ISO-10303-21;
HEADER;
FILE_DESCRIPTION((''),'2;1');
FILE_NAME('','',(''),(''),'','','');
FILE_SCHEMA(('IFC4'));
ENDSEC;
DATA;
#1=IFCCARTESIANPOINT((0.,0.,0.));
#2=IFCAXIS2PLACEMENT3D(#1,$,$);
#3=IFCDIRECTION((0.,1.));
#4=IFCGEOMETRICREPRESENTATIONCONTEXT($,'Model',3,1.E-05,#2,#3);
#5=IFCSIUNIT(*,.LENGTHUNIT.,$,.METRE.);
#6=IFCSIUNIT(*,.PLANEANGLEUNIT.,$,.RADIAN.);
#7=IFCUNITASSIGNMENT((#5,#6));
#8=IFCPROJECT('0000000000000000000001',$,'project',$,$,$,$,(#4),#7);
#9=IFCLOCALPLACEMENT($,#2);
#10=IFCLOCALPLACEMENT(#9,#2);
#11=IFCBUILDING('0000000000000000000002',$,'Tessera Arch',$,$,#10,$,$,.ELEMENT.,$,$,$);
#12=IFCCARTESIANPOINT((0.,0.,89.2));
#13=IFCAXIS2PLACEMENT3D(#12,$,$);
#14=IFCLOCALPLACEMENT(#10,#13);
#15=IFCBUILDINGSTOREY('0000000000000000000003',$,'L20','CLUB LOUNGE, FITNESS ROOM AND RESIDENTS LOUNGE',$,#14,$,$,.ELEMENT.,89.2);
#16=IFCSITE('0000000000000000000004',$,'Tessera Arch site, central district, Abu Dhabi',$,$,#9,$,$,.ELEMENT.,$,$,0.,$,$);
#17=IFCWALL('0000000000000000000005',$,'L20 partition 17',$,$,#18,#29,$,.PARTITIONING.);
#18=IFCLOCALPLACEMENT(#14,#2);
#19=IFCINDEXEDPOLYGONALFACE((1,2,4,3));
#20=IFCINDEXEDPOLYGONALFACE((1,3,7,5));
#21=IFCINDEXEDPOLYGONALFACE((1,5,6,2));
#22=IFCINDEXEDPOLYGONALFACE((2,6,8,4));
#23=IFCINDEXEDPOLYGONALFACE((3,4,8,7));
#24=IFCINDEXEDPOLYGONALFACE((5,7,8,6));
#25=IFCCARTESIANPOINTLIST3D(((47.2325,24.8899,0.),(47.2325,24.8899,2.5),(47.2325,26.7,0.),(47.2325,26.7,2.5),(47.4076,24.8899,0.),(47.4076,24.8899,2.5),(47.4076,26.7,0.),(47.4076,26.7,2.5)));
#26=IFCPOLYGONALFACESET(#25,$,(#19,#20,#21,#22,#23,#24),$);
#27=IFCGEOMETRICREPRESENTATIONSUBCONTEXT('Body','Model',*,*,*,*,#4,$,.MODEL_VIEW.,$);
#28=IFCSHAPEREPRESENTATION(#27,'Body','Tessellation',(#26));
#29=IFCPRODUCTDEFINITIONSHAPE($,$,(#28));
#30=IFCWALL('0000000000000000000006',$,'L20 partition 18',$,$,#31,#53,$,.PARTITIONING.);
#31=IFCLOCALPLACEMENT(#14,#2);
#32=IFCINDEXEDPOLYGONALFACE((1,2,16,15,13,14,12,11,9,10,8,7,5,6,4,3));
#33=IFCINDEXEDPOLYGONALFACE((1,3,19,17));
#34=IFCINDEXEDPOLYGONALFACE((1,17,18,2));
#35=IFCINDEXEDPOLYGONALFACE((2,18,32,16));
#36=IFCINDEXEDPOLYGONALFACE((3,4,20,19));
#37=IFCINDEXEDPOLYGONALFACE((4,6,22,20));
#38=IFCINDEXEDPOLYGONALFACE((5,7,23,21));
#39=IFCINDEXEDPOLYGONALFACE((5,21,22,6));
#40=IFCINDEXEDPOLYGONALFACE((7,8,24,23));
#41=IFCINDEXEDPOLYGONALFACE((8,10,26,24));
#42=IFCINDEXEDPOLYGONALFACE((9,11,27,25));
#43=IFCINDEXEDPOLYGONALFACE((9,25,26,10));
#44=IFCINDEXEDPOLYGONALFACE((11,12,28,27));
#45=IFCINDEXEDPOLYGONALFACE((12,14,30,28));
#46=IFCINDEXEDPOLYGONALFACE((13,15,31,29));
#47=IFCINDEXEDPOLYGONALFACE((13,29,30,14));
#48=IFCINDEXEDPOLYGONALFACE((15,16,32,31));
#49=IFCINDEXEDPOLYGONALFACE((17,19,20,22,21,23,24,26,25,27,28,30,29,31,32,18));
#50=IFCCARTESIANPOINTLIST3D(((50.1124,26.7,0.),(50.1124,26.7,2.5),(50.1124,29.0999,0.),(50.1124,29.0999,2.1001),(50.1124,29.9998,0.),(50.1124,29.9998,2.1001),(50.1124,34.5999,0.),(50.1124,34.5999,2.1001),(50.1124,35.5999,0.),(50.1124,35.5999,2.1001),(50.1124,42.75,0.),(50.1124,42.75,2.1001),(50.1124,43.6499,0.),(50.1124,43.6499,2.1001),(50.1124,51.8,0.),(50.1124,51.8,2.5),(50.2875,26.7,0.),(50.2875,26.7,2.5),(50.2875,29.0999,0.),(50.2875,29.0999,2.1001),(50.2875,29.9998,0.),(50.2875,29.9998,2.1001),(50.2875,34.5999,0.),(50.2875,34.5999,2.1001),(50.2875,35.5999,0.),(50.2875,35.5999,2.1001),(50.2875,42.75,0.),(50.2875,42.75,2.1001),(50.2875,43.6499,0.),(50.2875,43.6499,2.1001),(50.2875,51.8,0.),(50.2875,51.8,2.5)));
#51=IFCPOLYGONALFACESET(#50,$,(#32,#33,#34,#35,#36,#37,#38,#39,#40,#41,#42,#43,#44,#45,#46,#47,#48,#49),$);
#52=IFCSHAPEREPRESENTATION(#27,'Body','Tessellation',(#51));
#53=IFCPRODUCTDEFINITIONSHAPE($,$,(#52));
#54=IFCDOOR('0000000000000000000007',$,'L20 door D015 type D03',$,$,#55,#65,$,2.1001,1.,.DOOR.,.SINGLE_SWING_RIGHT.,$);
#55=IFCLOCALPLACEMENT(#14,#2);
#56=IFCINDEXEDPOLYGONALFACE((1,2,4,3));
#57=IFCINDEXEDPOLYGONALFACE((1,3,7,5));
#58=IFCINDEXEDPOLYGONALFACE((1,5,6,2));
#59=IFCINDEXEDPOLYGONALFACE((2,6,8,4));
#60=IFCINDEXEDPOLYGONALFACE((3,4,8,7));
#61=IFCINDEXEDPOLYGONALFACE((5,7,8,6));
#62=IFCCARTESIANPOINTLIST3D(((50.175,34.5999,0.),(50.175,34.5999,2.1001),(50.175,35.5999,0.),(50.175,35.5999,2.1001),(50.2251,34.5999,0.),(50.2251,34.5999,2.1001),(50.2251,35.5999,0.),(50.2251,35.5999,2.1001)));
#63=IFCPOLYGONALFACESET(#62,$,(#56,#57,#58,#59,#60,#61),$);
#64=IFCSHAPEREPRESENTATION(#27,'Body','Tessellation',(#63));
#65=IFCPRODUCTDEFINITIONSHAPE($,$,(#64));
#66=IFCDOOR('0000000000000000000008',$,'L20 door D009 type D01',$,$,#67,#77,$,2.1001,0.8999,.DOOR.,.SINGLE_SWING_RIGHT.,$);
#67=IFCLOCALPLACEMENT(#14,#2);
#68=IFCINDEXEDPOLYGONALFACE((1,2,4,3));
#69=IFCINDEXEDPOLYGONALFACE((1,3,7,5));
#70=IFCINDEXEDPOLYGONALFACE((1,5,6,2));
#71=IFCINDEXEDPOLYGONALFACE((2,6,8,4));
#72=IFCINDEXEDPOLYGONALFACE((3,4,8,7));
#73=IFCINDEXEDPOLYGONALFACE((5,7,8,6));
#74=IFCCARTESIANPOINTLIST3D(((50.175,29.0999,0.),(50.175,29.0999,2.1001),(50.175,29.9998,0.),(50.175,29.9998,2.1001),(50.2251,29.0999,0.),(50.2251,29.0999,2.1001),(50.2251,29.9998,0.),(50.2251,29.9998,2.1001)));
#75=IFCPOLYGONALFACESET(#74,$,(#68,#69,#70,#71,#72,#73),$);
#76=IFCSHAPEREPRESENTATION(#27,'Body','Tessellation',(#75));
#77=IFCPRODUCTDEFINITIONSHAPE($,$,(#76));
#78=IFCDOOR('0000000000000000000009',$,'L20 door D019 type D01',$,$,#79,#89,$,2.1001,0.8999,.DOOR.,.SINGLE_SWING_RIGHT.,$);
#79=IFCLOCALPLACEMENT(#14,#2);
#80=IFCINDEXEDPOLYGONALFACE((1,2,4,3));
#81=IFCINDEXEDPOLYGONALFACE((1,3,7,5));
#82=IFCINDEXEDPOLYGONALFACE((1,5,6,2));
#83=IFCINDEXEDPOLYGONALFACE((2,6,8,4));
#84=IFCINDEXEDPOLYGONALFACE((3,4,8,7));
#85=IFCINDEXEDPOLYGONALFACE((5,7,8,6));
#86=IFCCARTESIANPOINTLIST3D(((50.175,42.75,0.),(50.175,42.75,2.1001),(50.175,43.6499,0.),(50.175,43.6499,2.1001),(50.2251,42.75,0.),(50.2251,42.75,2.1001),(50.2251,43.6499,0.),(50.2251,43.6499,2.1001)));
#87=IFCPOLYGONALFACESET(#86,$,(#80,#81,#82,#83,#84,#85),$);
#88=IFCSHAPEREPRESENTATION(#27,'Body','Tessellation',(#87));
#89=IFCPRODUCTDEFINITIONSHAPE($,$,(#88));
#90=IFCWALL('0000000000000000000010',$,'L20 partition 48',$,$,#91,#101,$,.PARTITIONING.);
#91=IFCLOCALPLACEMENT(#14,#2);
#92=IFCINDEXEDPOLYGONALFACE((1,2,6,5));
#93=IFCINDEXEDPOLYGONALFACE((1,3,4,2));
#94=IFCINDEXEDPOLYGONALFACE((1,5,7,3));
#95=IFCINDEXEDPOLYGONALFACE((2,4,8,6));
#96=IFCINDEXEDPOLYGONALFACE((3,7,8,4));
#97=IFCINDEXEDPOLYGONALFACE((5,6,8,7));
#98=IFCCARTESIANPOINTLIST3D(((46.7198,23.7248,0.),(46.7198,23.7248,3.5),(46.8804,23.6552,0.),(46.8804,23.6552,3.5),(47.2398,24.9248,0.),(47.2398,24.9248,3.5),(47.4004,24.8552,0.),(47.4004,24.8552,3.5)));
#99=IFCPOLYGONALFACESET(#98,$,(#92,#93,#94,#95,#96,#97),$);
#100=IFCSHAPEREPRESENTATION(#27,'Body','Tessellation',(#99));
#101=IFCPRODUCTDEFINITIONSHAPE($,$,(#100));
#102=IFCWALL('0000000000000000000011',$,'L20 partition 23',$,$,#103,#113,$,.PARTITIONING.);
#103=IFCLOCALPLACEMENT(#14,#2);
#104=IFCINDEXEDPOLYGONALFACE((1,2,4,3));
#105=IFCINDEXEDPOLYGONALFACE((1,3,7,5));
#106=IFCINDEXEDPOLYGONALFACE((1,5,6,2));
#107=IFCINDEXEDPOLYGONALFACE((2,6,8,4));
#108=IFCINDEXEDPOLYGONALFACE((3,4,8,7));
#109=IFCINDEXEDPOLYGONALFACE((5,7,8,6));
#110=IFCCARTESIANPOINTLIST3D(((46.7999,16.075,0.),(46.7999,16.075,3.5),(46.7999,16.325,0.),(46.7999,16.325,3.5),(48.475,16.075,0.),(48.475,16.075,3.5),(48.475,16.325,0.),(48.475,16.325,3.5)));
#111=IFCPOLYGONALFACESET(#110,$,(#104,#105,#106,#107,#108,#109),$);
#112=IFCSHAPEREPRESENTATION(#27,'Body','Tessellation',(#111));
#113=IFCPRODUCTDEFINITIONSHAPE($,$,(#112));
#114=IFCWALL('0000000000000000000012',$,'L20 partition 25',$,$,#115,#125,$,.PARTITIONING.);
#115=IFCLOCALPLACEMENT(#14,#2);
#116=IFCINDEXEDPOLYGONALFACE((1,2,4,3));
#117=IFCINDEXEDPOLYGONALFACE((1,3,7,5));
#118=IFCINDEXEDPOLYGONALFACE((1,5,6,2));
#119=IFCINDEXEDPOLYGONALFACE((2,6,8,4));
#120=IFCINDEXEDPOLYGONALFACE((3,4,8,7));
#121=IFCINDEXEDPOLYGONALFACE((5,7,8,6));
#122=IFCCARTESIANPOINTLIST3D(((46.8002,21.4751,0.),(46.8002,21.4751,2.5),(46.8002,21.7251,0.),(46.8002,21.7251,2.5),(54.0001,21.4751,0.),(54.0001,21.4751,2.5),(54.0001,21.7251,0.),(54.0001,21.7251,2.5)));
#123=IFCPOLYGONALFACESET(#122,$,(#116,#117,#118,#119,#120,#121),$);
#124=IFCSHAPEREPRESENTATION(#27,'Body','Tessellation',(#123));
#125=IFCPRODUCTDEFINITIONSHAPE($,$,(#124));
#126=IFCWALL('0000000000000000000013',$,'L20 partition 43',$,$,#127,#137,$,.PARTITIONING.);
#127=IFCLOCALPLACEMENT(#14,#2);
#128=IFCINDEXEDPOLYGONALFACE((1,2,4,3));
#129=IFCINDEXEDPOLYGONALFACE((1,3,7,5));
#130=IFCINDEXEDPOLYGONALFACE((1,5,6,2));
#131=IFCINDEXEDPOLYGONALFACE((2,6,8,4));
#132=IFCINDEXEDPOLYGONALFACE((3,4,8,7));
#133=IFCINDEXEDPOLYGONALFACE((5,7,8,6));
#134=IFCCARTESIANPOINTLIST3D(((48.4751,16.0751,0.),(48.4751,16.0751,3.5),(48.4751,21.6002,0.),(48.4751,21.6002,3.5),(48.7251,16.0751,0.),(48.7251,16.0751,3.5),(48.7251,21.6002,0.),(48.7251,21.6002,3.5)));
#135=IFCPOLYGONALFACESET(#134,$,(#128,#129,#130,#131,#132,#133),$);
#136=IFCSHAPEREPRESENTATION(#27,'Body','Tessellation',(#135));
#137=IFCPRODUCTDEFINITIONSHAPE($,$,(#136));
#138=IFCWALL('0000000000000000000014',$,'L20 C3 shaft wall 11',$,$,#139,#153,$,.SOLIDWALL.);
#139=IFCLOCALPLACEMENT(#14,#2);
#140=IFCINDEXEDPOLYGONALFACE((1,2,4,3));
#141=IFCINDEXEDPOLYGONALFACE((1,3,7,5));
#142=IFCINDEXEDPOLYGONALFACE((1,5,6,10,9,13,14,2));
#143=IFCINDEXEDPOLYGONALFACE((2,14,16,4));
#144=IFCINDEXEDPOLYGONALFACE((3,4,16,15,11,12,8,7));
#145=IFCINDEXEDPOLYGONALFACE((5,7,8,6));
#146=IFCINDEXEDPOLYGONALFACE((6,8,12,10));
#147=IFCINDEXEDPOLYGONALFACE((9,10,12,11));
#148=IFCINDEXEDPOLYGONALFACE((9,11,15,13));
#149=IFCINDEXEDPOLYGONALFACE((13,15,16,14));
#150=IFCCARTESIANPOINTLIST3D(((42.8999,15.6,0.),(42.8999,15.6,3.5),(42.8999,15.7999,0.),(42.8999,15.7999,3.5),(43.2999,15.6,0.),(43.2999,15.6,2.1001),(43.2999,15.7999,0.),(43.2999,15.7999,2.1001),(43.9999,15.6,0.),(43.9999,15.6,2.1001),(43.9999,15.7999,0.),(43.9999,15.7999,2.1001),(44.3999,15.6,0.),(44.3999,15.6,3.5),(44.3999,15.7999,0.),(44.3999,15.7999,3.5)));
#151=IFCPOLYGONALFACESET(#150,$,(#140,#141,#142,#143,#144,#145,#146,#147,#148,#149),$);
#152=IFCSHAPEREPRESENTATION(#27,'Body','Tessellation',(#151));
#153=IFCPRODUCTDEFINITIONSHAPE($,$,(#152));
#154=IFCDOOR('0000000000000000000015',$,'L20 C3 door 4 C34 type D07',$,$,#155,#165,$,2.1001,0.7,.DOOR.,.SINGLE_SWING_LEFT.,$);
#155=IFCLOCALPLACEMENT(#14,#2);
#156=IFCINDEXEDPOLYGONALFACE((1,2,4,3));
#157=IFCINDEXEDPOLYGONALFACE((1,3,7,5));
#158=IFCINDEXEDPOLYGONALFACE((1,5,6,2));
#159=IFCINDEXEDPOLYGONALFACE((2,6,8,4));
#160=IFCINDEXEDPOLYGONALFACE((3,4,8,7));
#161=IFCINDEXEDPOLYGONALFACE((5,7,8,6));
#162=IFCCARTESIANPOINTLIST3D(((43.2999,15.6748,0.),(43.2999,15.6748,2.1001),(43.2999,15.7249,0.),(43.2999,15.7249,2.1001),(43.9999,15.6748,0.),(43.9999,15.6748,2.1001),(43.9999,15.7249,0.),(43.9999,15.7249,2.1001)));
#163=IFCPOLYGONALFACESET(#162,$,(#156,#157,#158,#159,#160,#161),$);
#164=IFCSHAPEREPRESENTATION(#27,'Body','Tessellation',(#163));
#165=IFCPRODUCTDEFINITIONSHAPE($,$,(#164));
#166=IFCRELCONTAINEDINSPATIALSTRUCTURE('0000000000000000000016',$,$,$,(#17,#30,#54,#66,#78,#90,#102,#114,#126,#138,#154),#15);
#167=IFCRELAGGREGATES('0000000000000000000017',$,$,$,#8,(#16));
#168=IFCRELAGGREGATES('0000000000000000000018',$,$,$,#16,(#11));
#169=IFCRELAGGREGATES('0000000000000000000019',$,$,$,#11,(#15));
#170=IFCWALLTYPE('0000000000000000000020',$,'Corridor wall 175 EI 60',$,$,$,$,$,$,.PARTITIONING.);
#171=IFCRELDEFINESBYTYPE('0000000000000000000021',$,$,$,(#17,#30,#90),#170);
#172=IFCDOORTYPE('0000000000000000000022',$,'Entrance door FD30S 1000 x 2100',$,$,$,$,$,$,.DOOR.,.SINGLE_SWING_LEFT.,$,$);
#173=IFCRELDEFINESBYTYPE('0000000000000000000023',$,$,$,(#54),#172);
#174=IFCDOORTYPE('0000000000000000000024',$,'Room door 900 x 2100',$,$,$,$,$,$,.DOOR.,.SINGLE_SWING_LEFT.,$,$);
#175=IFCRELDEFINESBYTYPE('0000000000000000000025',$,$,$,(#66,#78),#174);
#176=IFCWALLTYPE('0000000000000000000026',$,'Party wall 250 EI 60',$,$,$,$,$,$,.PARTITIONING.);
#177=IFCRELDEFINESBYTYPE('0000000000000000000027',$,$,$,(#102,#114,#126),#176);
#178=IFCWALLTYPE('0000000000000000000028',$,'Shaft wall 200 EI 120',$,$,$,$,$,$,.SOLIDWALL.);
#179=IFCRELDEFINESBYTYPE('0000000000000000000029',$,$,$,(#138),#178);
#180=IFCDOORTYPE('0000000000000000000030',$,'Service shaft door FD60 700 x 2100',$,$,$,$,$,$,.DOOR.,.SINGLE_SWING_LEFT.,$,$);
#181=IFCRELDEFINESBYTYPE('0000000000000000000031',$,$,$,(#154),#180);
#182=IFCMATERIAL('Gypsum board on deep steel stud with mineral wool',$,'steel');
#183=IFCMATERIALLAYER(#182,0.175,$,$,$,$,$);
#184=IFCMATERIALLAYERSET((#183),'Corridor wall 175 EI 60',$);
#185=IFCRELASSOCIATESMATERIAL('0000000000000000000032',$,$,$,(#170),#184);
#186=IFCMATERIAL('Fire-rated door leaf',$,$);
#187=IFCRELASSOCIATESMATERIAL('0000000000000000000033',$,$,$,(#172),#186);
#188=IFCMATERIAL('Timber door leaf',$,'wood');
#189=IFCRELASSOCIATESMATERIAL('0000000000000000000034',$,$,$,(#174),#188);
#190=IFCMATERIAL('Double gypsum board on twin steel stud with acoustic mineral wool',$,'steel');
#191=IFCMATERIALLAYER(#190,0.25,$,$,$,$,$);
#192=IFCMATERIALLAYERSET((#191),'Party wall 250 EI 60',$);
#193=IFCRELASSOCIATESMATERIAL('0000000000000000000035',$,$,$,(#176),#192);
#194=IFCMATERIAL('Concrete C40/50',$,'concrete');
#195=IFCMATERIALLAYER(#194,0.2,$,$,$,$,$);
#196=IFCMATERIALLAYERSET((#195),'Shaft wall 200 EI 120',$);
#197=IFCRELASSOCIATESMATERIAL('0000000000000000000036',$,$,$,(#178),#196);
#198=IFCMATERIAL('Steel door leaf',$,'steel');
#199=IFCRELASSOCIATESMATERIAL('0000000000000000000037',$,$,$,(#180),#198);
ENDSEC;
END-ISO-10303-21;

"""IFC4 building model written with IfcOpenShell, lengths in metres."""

from ifc_helpers import new_model, si_unit, direction, frame, frame_2d, origin, place, context, subcontext, project, spatial, rectangle, extrude, material, layer, layer_set, type_object, element, fill, save


model = new_model("IFC4")

# Units and contexts
model_context = context("Model", 3, precision=1e-05, world=origin(), true_north=direction((0.0, 1.0)))
body_context = subcontext(model_context, "Body", "Model", "MODEL_VIEW")
ifc_project = project(units=[si_unit("LENGTHUNIT", "METRE"), si_unit("PLANEANGLEUNIT", "RADIAN")], contexts=[model_context])

# Site, building, storey
site_placement = place(None, origin())
site = spatial("IfcSite", under=ifc_project, at=site_placement, Name="Tessera Arch site, central district, Abu Dhabi", CompositionType="ELEMENT", RefElevation=0.0)
building_placement = place(site_placement, origin())
building = spatial("IfcBuilding", under=site, at=building_placement, Name="Tessera Arch", CompositionType="ELEMENT")
storey_placement = place(building_placement, frame((0.0, 0.0, 89.2)))
storey = spatial("IfcBuildingStorey", under=building, at=storey_placement, Name="L20", Description="CLUB LOUNGE, FITNESS ROOM AND RESIDENTS LOUNGE", CompositionType="ELEMENT", Elevation=89.2)

# Wall
ifc_material_1 = material(Name="Gypsum board on deep steel stud with mineral wool", Category="steel")
ifc_layer_1 = layer(ifc_material_1, 0.175)
ifc_layer_set_1 = layer_set([ifc_layer_1], Name="Corridor wall 175 EI 60")
wall_type_1 = type_object("IfcWallType", Name="Corridor wall 175 EI 60", PredefinedType="PARTITIONING", material=ifc_layer_set_1)
wall_1_placement = place(storey_placement, frame((47.3201, 24.8899, 0.0), z_axis=(0.0, 0.0, 1.0), x_axis=(0.0, 1.0, 0.0)))
element("IfcWall", 1, at=wall_1_placement, inside=storey, type_object=wall_type_1, Name="L20 partition 17", PredefinedType="PARTITIONING", context=body_context, shape_type="SweptSolid", body=[
    extrude(rectangle(XDim=1.8101, YDim=0.175, at=frame_2d((0.905, 0.0))), origin(), (0.0, 0.0, 1.0), 2.5),
])

# Wall, openings, doors
wall_2_placement = place(storey_placement, frame((50.2, 26.7, 0.0), z_axis=(0.0, 0.0, 1.0), x_axis=(0.0, 1.0, 0.0)))
wall_2 = element("IfcWall", 2, at=wall_2_placement, inside=storey, type_object=wall_type_1, Name="L20 partition 18", PredefinedType="PARTITIONING", context=body_context, shape_type="SweptSolid", body=[
    extrude(rectangle(XDim=25.1001, YDim=0.175, at=frame_2d((12.55, 0.0))), origin(), (0.0, 0.0, 1.0), 2.5),
])
opening_1_placement = place(wall_2_placement, frame((2.3999, 0.0, 0.0)))
opening_1 = element("IfcOpeningElement", 3, at=opening_1_placement, cuts=wall_2, PredefinedType="OPENING", context=body_context, shape_type="SweptSolid", body=[
    extrude(rectangle(XDim=0.8999, YDim=2.1001, at=frame_2d((0.45, 1.05))), frame((0.0, 0.0974, 0.0), z_axis=(0.0, -1.0, 0.0), x_axis=(1.0, 0.0, 0.0)), (0.0, 0.0, 1.0), 0.1951),
])
opening_2_placement = place(wall_2_placement, frame((7.8999, 0.0, 0.0)))
opening_2 = element("IfcOpeningElement", 4, at=opening_2_placement, cuts=wall_2, PredefinedType="OPENING", context=body_context, shape_type="SweptSolid", body=[
    extrude(rectangle(XDim=1.0, YDim=2.1001, at=frame_2d((0.5, 1.05))), frame((0.0, 0.0974, 0.0), z_axis=(0.0, -1.0, 0.0), x_axis=(1.0, 0.0, 0.0)), (0.0, 0.0, 1.0), 0.1951),
])
opening_3_placement = place(wall_2_placement, frame((16.05, 0.0, 0.0)))
opening_3 = element("IfcOpeningElement", 5, at=opening_3_placement, cuts=wall_2, PredefinedType="OPENING", context=body_context, shape_type="SweptSolid", body=[
    extrude(rectangle(XDim=0.8999, YDim=2.1001, at=frame_2d((0.45, 1.05))), frame((0.0, 0.0974, 0.0), z_axis=(0.0, -1.0, 0.0), x_axis=(1.0, 0.0, 0.0)), (0.0, 0.0, 1.0), 0.1951),
])
ifc_material_2 = material(Name="Fire-rated door leaf")
door_type_1 = type_object("IfcDoorType", Name="Entrance door FD30S 1000 x 2100", OperationType="SINGLE_SWING_LEFT", PredefinedType="DOOR", material=ifc_material_2)
door_1_placement = place(opening_2_placement, origin())
door_1 = element("IfcDoor", 6, at=door_1_placement, inside=storey, type_object=door_type_1, Name="L20 door D015 type D03", OperationType="SINGLE_SWING_RIGHT", OverallHeight=2.1001, OverallWidth=1.0, PredefinedType="DOOR", context=body_context, shape_type="SweptSolid", body=[
    extrude(rectangle(XDim=1.0, YDim=2.1001, at=frame_2d((0.5, 1.05))), frame((0.0, 0.0249, 0.0), z_axis=(0.0, -1.0, 0.0), x_axis=(1.0, 0.0, 0.0)), (0.0, 0.0, 1.0), 0.05),
])
fill(opening_2, door_1)
ifc_material_3 = material(Name="Timber door leaf", Category="wood")
door_type_2 = type_object("IfcDoorType", Name="Room door 900 x 2100", OperationType="SINGLE_SWING_LEFT", PredefinedType="DOOR", material=ifc_material_3)
door_2_placement = place(opening_1_placement, origin())
door_2 = element("IfcDoor", 7, at=door_2_placement, inside=storey, type_object=door_type_2, Name="L20 door D009 type D01", OperationType="SINGLE_SWING_RIGHT", OverallHeight=2.1001, OverallWidth=0.8999, PredefinedType="DOOR", context=body_context, shape_type="SweptSolid", body=[
    extrude(rectangle(XDim=0.8999, YDim=2.1001, at=frame_2d((0.45, 1.05))), frame((0.0, 0.0249, 0.0), z_axis=(0.0, -1.0, 0.0), x_axis=(1.0, 0.0, 0.0)), (0.0, 0.0, 1.0), 0.05),
])
fill(opening_1, door_2)
door_3_placement = place(opening_3_placement, origin())
door_3 = element("IfcDoor", 8, at=door_3_placement, inside=storey, type_object=door_type_2, Name="L20 door D019 type D01", OperationType="SINGLE_SWING_RIGHT", OverallHeight=2.1001, OverallWidth=0.8999, PredefinedType="DOOR", context=body_context, shape_type="SweptSolid", body=[
    extrude(rectangle(XDim=0.8999, YDim=2.1001, at=frame_2d((0.45, 1.05))), frame((0.0, 0.0249, 0.0), z_axis=(0.0, -1.0, 0.0), x_axis=(1.0, 0.0, 0.0)), (0.0, 0.0, 1.0), 0.05),
])
fill(opening_3, door_3)

# Walls
wall_3_placement = place(storey_placement, frame((47.3201, 24.8899, 0.0), z_axis=(0.0, 0.0, 1.0), x_axis=(-0.397634, -0.917544, 0.0)))
element("IfcWall", 9, at=wall_3_placement, inside=storey, type_object=wall_type_1, Name="L20 partition 48", PredefinedType="PARTITIONING", context=body_context, shape_type="SweptSolid", body=[
    extrude(rectangle(XDim=1.3079, YDim=0.175, at=frame_2d((0.6538, 0.0))), origin(), (0.0, 0.0, 1.0), 3.5),
])
ifc_material_4 = material(Name="Double gypsum board on twin steel stud with acoustic mineral wool", Category="steel")
ifc_layer_2 = layer(ifc_material_4, 0.25)
ifc_layer_set_2 = layer_set([ifc_layer_2], Name="Party wall 250 EI 60")
wall_type_2 = type_object("IfcWallType", Name="Party wall 250 EI 60", PredefinedType="PARTITIONING", material=ifc_layer_set_2)
wall_4_placement = place(storey_placement, frame((46.8, 16.2, 0.0), z_axis=(0.0, 0.0, 1.0), x_axis=(1.0, 0.0, 0.0)))
element("IfcWall", 10, at=wall_4_placement, inside=storey, type_object=wall_type_2, Name="L20 partition 23", PredefinedType="PARTITIONING", context=body_context, shape_type="SweptSolid", body=[
    extrude(rectangle(XDim=1.675, YDim=0.25, at=frame_2d((0.8374, 0.0))), origin(), (0.0, 0.0, 1.0), 3.5),
])
wall_5_placement = place(storey_placement, frame((46.8, 21.6001, 0.0), z_axis=(0.0, 0.0, 1.0), x_axis=(1.0, 0.0, 0.0)))
element("IfcWall", 11, at=wall_5_placement, inside=storey, type_object=wall_type_2, Name="L20 partition 25", PredefinedType="PARTITIONING", context=body_context, shape_type="SweptSolid", body=[
    extrude(rectangle(XDim=7.2, YDim=0.25, at=frame_2d((3.6001, 0.0))), origin(), (0.0, 0.0, 1.0), 2.5),
])
wall_6_placement = place(storey_placement, frame((48.6001, 16.075, 0.0), z_axis=(0.0, 0.0, 1.0), x_axis=(0.0, 1.0, 0.0)))
element("IfcWall", 12, at=wall_6_placement, inside=storey, type_object=wall_type_2, Name="L20 partition 43", PredefinedType="PARTITIONING", context=body_context, shape_type="SweptSolid", body=[
    extrude(rectangle(XDim=5.5251, YDim=0.25, at=frame_2d((2.7627, 0.0))), origin(), (0.0, 0.0, 1.0), 3.5),
])

# Wall, opening, door
ifc_material_5 = material(Name="Concrete C40/50", Category="concrete")
ifc_layer_3 = layer(ifc_material_5, 0.2)
ifc_layer_set_3 = layer_set([ifc_layer_3], Name="Shaft wall 200 EI 120")
wall_type_3 = type_object("IfcWallType", Name="Shaft wall 200 EI 120", PredefinedType="SOLIDWALL", material=ifc_layer_set_3)
wall_7_placement = place(storey_placement, frame((42.8999, 15.7, 0.0), z_axis=(0.0, 0.0, 1.0), x_axis=(1.0, 0.0, 0.0)))
wall_7 = element("IfcWall", 13, at=wall_7_placement, inside=storey, type_object=wall_type_3, Name="L20 C3 shaft wall 11", PredefinedType="SOLIDWALL", context=body_context, shape_type="SweptSolid", body=[
    extrude(rectangle(XDim=1.5, YDim=0.2, at=frame_2d((0.75, 0.0))), origin(), (0.0, 0.0, 1.0), 3.5),
])
opening_4_placement = place(wall_7_placement, frame((0.3999, 0.0, 0.0)))
opening_4 = element("IfcOpeningElement", 14, at=opening_4_placement, cuts=wall_7, PredefinedType="OPENING", context=body_context, shape_type="SweptSolid", body=[
    extrude(rectangle(XDim=0.7, YDim=2.1001, at=frame_2d((0.3501, 1.05))), frame((0.0, 0.1099, 0.0), z_axis=(0.0, -1.0, 0.0), x_axis=(1.0, 0.0, 0.0)), (0.0, 0.0, 1.0), 0.22),
])
ifc_material_6 = material(Name="Steel door leaf", Category="steel")
door_type_3 = type_object("IfcDoorType", Name="Service shaft door FD60 700 x 2100", OperationType="SINGLE_SWING_LEFT", PredefinedType="DOOR", material=ifc_material_6)
door_4_placement = place(opening_4_placement, origin())
door_4 = element("IfcDoor", 15, at=door_4_placement, inside=storey, type_object=door_type_3, Name="L20 C3 door 4 C34 type D07", OperationType="SINGLE_SWING_LEFT", OverallHeight=2.1001, OverallWidth=0.7, PredefinedType="DOOR", context=body_context, shape_type="SweptSolid", body=[
    extrude(rectangle(XDim=0.7, YDim=2.1001, at=frame_2d((0.3501, 1.05))), frame((0.0, 0.0249, 0.0), z_axis=(0.0, -1.0, 0.0), x_axis=(1.0, 0.0, 0.0)), (0.0, 0.0, 1.0), 0.05),
])
fill(opening_4, door_4)

save(model, "model.ifc")
